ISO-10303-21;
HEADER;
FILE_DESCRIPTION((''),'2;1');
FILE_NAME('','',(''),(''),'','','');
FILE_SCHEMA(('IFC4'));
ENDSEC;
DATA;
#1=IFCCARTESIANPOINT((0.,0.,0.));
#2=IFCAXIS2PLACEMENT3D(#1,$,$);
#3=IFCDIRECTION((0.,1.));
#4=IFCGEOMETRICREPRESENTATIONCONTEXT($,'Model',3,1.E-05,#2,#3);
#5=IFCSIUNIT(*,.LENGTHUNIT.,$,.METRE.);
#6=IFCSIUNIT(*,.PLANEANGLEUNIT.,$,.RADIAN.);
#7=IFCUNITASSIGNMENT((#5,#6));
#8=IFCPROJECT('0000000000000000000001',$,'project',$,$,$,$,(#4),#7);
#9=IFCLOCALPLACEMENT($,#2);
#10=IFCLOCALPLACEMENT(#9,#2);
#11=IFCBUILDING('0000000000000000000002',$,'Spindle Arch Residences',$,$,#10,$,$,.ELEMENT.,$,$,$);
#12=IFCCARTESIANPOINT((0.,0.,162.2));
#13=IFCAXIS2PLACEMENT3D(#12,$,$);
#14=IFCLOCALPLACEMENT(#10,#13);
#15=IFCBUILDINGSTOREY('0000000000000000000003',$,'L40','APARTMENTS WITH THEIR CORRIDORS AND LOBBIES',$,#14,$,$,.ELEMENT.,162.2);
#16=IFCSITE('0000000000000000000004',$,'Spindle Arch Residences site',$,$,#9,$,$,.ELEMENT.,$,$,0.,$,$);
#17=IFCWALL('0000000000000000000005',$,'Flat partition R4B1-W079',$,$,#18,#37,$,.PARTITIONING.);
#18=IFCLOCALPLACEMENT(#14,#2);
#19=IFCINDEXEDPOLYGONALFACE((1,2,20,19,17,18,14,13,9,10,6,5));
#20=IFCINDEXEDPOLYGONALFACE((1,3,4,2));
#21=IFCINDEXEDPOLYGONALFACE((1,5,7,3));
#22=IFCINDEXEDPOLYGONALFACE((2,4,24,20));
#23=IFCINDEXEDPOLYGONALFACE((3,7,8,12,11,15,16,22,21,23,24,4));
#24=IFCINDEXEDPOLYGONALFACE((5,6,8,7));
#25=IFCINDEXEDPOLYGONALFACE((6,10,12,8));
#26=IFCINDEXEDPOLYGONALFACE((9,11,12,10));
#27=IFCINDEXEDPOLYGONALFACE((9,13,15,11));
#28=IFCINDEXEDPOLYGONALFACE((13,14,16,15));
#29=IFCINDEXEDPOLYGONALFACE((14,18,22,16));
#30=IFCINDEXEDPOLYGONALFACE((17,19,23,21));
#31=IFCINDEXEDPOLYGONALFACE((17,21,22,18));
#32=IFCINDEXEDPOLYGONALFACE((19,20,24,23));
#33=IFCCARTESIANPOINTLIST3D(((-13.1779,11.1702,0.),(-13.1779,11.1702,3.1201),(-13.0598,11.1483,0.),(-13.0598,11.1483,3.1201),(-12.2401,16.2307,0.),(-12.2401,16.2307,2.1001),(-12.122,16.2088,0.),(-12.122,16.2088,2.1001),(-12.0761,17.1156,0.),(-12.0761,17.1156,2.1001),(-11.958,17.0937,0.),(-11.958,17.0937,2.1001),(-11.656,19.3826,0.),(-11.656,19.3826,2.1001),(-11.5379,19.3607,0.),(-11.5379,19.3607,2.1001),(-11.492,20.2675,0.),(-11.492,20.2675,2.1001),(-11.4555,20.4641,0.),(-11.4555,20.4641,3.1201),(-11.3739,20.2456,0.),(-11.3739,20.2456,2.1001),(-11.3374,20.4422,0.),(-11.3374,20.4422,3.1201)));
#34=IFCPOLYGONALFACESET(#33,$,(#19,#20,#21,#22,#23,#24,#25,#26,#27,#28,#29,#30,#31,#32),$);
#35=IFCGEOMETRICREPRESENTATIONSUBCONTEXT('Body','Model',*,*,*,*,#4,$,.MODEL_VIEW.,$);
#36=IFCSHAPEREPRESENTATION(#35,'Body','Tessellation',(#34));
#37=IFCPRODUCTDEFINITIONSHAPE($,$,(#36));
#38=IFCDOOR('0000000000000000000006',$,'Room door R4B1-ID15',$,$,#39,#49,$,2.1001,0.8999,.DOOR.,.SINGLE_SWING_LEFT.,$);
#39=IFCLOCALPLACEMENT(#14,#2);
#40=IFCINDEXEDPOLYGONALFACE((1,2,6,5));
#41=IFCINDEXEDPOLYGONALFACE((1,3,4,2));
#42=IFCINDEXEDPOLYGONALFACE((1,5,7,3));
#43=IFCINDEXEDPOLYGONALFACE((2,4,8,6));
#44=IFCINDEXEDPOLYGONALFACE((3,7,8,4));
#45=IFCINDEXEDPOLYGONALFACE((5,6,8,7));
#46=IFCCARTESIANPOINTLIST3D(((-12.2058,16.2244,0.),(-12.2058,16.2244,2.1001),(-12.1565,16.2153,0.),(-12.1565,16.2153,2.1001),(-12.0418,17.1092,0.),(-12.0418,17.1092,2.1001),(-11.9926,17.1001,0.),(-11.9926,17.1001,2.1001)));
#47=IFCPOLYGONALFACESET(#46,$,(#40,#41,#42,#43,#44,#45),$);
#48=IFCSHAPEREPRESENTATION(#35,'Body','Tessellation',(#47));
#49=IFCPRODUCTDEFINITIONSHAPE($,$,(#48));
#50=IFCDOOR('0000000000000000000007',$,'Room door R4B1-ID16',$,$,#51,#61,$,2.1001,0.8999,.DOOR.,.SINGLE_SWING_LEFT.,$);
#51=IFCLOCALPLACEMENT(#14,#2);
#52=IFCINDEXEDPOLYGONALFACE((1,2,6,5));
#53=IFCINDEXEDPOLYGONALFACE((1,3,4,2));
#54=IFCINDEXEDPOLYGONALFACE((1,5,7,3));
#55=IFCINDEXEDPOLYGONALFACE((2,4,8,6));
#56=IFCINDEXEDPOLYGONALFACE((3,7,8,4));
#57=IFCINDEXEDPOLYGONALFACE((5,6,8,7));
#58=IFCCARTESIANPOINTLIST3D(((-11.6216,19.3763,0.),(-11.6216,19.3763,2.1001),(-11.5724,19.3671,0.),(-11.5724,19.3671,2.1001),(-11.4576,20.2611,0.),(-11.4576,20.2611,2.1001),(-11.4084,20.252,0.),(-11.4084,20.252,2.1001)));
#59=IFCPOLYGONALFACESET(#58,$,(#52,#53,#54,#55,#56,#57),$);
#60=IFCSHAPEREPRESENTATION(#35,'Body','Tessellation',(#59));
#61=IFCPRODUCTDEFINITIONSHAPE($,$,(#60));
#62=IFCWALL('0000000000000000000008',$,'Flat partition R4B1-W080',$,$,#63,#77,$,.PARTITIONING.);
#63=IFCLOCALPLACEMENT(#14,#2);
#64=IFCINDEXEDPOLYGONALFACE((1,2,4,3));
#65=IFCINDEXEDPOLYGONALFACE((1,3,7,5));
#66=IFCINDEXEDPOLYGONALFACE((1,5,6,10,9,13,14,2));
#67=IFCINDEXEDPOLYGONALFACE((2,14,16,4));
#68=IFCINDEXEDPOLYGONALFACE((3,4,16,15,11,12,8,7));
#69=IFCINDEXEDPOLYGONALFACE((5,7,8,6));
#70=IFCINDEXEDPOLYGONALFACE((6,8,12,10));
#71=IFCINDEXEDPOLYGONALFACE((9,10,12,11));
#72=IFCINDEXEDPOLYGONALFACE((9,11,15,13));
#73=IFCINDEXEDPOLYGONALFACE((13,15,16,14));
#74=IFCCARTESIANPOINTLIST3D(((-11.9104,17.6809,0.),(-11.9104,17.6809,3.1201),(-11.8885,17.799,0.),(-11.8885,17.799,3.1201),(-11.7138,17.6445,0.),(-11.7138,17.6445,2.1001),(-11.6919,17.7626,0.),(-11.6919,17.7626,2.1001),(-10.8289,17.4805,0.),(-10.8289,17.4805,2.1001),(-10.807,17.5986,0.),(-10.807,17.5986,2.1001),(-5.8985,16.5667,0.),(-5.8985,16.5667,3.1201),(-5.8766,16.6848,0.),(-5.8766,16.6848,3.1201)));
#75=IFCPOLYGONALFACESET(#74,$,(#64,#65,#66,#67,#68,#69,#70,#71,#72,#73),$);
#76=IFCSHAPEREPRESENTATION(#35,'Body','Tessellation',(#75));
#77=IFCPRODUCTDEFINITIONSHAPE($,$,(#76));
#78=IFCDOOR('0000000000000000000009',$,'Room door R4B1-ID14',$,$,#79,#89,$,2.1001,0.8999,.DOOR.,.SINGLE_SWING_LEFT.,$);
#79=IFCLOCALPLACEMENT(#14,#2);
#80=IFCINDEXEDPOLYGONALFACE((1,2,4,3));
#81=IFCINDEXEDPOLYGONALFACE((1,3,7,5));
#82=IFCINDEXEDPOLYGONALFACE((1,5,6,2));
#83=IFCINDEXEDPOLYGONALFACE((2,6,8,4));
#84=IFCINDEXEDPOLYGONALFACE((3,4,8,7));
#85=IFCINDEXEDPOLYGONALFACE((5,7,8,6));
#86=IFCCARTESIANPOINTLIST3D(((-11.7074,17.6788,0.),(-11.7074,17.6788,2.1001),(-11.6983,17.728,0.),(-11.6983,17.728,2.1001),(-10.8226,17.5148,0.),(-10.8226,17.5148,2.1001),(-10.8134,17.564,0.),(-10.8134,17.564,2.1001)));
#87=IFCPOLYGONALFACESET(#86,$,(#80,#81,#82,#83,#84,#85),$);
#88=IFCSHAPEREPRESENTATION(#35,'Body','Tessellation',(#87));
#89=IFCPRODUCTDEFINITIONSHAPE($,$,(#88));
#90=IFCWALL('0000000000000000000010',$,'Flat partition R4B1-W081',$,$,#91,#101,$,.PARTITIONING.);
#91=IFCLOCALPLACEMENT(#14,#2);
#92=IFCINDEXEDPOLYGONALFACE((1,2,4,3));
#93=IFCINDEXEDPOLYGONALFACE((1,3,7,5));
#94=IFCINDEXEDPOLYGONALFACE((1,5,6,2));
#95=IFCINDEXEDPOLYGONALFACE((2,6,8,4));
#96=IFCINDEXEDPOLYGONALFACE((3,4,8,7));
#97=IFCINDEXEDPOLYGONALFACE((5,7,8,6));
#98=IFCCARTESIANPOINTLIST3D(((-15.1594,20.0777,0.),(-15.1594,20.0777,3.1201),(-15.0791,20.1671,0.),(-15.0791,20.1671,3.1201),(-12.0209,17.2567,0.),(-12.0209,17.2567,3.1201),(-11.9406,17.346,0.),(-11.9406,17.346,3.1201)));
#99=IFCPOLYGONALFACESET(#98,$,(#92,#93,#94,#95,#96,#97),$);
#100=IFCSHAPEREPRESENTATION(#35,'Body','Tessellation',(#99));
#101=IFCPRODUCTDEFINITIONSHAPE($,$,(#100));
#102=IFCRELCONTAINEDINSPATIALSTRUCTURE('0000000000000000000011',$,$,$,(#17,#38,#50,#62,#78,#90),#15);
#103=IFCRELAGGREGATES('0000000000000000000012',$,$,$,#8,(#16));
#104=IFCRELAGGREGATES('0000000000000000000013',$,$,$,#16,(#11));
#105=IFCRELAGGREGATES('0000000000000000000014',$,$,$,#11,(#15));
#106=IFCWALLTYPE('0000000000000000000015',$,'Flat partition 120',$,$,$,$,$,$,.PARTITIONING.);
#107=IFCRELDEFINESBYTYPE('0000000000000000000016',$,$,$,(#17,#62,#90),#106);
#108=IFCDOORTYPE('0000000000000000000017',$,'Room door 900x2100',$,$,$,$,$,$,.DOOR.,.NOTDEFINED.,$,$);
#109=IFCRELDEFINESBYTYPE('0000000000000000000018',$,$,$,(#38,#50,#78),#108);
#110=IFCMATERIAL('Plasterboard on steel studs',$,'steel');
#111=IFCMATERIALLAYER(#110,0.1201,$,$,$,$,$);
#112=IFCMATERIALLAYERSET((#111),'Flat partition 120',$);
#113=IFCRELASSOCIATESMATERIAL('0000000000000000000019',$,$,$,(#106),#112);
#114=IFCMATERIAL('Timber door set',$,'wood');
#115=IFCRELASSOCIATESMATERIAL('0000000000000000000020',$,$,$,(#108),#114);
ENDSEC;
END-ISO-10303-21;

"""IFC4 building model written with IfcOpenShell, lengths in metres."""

from ifc_helpers import new_model, si_unit, direction, frame, frame_2d, origin, place, context, subcontext, project, spatial, rectangle, extrude, material, layer, layer_set, type_object, element, fill, save


model = new_model("IFC4")

# Units and contexts
model_context = context("Model", 3, precision=1e-05, world=origin(), true_north=direction((0.0, 1.0)))
body_context = subcontext(model_context, "Body", "Model", "MODEL_VIEW")
ifc_project = project(units=[si_unit("LENGTHUNIT", "METRE"), si_unit("PLANEANGLEUNIT", "RADIAN")], contexts=[model_context])

# Site, building, storey
site_placement = place(None, origin())
site = spatial("IfcSite", under=ifc_project, at=site_placement, Name="Spindle Arch Residences site", CompositionType="ELEMENT", RefElevation=0.0)
building_placement = place(site_placement, origin())
building = spatial("IfcBuilding", under=site, at=building_placement, Name="Spindle Arch Residences", CompositionType="ELEMENT")
storey_placement = place(building_placement, frame((0.0, 0.0, 162.2)))
storey = spatial("IfcBuildingStorey", under=building, at=storey_placement, Name="L40", Description="APARTMENTS WITH THEIR CORRIDORS AND LOBBIES", CompositionType="ELEMENT", Elevation=162.2)

# Shared definitions
ifc_material_1 = material(Name="Plasterboard on steel studs", Category="steel")
ifc_layer_1 = layer(ifc_material_1, 0.1201)
ifc_layer_set_1 = layer_set([ifc_layer_1], Name="Flat partition 120")
wall_type = type_object("IfcWallType", Name="Flat partition 120", PredefinedType="PARTITIONING", material=ifc_layer_set_1)

# Wall, openings, doors
wall_1_placement = place(storey_placement, frame((-11.3965, 20.4531, 0.0), z_axis=(0.0, 0.0, 1.0), x_axis=(-0.182223, -0.983257, 0.0)))
wall_1 = element("IfcWall", 1, at=wall_1_placement, inside=storey, type_object=wall_type, Name="Flat partition R4B1-W079", PredefinedType="PARTITIONING", context=body_context, shape_type="SweptSolid", body=[
    extrude(rectangle(XDim=9.4521, YDim=0.1201, at=frame_2d((4.7261, 0.0))), origin(), (0.0, 0.0, 1.0), 3.1201),
])
opening_1_placement = place(wall_1_placement, frame((3.4055, 0.0, 0.0)))
opening_1 = element("IfcOpeningElement", 2, at=opening_1_placement, cuts=wall_1, PredefinedType="OPENING", context=body_context, shape_type="SweptSolid", body=[
    extrude(rectangle(XDim=0.8999, YDim=2.1001, at=frame_2d((0.45, 1.05))), frame((0.0, 0.0701, 0.0), z_axis=(0.0, -1.0, 0.0), x_axis=(1.0, 0.0, 0.0)), (0.0, 0.0, 1.0), 0.1401),
])
opening_2_placement = place(wall_1_placement, frame((0.2, 0.0, 0.0)))
opening_2 = element("IfcOpeningElement", 3, at=opening_2_placement, cuts=wall_1, PredefinedType="OPENING", context=body_context, shape_type="SweptSolid", body=[
    extrude(rectangle(XDim=0.8999, YDim=2.1001, at=frame_2d((0.45, 1.05))), frame((0.0, 0.0701, 0.0), z_axis=(0.0, -1.0, 0.0), x_axis=(1.0, 0.0, 0.0)), (0.0, 0.0, 1.0), 0.1401),
])
ifc_material_2 = material(Name="Timber door set", Category="wood")
door_type = type_object("IfcDoorType", Name="Room door 900x2100", OperationType="NOTDEFINED", PredefinedType="DOOR", material=ifc_material_2)
door_1_placement = place(opening_1_placement, origin())
door_1 = element("IfcDoor", 4, at=door_1_placement, inside=storey, type_object=door_type, Name="Room door R4B1-ID15", OperationType="SINGLE_SWING_LEFT", OverallHeight=2.1001, OverallWidth=0.8999, PredefinedType="DOOR", context=body_context, shape_type="SweptSolid", body=[
    extrude(rectangle(XDim=0.8999, YDim=2.1001, at=frame_2d((0.45, 1.05))), frame((0.0, 0.0249, 0.0), z_axis=(0.0, -1.0, 0.0), x_axis=(1.0, 0.0, 0.0)), (0.0, 0.0, 1.0), 0.05),
])
fill(opening_1, door_1)
door_2_placement = place(opening_2_placement, origin())
door_2 = element("IfcDoor", 5, at=door_2_placement, inside=storey, type_object=door_type, Name="Room door R4B1-ID16", OperationType="SINGLE_SWING_LEFT", OverallHeight=2.1001, OverallWidth=0.8999, PredefinedType="DOOR", context=body_context, shape_type="SweptSolid", body=[
    extrude(rectangle(XDim=0.8999, YDim=2.1001, at=frame_2d((0.45, 1.05))), frame((0.0, 0.0249, 0.0), z_axis=(0.0, -1.0, 0.0), x_axis=(1.0, 0.0, 0.0)), (0.0, 0.0, 1.0), 0.05),
])
fill(opening_2, door_2)

# Wall, opening, door
wall_2_placement = place(storey_placement, frame((-11.8994, 17.74, 0.0), z_axis=(0.0, 0.0, 1.0), x_axis=(0.983255, -0.182237, 0.0)))
wall_2 = element("IfcWall", 6, at=wall_2_placement, inside=storey, type_object=wall_type, Name="Flat partition R4B1-W080", PredefinedType="PARTITIONING", context=body_context, shape_type="SweptSolid", body=[
    extrude(rectangle(XDim=6.1143, YDim=0.1201, at=frame_2d((3.0571, 0.0))), origin(), (0.0, 0.0, 1.0), 3.1201),
])
opening_3_placement = place(wall_2_placement, frame((0.2, 0.0, 0.0)))
opening_3 = element("IfcOpeningElement", 7, at=opening_3_placement, cuts=wall_2, PredefinedType="OPENING", context=body_context, shape_type="SweptSolid", body=[
    extrude(rectangle(XDim=0.8999, YDim=2.1001, at=frame_2d((0.45, 1.05))), frame((0.0, 0.0701, 0.0), z_axis=(0.0, -1.0, 0.0), x_axis=(1.0, 0.0, 0.0)), (0.0, 0.0, 1.0), 0.1401),
])
door_3_placement = place(opening_3_placement, origin())
door_3 = element("IfcDoor", 8, at=door_3_placement, inside=storey, type_object=door_type, Name="Room door R4B1-ID14", OperationType="SINGLE_SWING_LEFT", OverallHeight=2.1001, OverallWidth=0.8999, PredefinedType="DOOR", context=body_context, shape_type="SweptSolid", body=[
    extrude(rectangle(XDim=0.8999, YDim=2.1001, at=frame_2d((0.45, 1.05))), frame((0.0, 0.0249, 0.0), z_axis=(0.0, -1.0, 0.0), x_axis=(1.0, 0.0, 0.0)), (0.0, 0.0, 1.0), 0.05),
])
fill(opening_3, door_3)

# Wall
wall_3_placement = place(storey_placement, frame((-15.1191, 20.1223, 0.0), z_axis=(0.0, 0.0, 1.0), x_axis=(0.743711, -0.668501, 0.0)))
element("IfcWall", 9, at=wall_3_placement, inside=storey, type_object=wall_type, Name="Flat partition R4B1-W081", PredefinedType="PARTITIONING", context=body_context, shape_type="SweptSolid", body=[
    extrude(rectangle(XDim=4.22, YDim=0.1201, at=frame_2d((2.1099, 0.0))), origin(), (0.0, 0.0, 1.0), 3.1201),
])

save(model, "model.ifc")
